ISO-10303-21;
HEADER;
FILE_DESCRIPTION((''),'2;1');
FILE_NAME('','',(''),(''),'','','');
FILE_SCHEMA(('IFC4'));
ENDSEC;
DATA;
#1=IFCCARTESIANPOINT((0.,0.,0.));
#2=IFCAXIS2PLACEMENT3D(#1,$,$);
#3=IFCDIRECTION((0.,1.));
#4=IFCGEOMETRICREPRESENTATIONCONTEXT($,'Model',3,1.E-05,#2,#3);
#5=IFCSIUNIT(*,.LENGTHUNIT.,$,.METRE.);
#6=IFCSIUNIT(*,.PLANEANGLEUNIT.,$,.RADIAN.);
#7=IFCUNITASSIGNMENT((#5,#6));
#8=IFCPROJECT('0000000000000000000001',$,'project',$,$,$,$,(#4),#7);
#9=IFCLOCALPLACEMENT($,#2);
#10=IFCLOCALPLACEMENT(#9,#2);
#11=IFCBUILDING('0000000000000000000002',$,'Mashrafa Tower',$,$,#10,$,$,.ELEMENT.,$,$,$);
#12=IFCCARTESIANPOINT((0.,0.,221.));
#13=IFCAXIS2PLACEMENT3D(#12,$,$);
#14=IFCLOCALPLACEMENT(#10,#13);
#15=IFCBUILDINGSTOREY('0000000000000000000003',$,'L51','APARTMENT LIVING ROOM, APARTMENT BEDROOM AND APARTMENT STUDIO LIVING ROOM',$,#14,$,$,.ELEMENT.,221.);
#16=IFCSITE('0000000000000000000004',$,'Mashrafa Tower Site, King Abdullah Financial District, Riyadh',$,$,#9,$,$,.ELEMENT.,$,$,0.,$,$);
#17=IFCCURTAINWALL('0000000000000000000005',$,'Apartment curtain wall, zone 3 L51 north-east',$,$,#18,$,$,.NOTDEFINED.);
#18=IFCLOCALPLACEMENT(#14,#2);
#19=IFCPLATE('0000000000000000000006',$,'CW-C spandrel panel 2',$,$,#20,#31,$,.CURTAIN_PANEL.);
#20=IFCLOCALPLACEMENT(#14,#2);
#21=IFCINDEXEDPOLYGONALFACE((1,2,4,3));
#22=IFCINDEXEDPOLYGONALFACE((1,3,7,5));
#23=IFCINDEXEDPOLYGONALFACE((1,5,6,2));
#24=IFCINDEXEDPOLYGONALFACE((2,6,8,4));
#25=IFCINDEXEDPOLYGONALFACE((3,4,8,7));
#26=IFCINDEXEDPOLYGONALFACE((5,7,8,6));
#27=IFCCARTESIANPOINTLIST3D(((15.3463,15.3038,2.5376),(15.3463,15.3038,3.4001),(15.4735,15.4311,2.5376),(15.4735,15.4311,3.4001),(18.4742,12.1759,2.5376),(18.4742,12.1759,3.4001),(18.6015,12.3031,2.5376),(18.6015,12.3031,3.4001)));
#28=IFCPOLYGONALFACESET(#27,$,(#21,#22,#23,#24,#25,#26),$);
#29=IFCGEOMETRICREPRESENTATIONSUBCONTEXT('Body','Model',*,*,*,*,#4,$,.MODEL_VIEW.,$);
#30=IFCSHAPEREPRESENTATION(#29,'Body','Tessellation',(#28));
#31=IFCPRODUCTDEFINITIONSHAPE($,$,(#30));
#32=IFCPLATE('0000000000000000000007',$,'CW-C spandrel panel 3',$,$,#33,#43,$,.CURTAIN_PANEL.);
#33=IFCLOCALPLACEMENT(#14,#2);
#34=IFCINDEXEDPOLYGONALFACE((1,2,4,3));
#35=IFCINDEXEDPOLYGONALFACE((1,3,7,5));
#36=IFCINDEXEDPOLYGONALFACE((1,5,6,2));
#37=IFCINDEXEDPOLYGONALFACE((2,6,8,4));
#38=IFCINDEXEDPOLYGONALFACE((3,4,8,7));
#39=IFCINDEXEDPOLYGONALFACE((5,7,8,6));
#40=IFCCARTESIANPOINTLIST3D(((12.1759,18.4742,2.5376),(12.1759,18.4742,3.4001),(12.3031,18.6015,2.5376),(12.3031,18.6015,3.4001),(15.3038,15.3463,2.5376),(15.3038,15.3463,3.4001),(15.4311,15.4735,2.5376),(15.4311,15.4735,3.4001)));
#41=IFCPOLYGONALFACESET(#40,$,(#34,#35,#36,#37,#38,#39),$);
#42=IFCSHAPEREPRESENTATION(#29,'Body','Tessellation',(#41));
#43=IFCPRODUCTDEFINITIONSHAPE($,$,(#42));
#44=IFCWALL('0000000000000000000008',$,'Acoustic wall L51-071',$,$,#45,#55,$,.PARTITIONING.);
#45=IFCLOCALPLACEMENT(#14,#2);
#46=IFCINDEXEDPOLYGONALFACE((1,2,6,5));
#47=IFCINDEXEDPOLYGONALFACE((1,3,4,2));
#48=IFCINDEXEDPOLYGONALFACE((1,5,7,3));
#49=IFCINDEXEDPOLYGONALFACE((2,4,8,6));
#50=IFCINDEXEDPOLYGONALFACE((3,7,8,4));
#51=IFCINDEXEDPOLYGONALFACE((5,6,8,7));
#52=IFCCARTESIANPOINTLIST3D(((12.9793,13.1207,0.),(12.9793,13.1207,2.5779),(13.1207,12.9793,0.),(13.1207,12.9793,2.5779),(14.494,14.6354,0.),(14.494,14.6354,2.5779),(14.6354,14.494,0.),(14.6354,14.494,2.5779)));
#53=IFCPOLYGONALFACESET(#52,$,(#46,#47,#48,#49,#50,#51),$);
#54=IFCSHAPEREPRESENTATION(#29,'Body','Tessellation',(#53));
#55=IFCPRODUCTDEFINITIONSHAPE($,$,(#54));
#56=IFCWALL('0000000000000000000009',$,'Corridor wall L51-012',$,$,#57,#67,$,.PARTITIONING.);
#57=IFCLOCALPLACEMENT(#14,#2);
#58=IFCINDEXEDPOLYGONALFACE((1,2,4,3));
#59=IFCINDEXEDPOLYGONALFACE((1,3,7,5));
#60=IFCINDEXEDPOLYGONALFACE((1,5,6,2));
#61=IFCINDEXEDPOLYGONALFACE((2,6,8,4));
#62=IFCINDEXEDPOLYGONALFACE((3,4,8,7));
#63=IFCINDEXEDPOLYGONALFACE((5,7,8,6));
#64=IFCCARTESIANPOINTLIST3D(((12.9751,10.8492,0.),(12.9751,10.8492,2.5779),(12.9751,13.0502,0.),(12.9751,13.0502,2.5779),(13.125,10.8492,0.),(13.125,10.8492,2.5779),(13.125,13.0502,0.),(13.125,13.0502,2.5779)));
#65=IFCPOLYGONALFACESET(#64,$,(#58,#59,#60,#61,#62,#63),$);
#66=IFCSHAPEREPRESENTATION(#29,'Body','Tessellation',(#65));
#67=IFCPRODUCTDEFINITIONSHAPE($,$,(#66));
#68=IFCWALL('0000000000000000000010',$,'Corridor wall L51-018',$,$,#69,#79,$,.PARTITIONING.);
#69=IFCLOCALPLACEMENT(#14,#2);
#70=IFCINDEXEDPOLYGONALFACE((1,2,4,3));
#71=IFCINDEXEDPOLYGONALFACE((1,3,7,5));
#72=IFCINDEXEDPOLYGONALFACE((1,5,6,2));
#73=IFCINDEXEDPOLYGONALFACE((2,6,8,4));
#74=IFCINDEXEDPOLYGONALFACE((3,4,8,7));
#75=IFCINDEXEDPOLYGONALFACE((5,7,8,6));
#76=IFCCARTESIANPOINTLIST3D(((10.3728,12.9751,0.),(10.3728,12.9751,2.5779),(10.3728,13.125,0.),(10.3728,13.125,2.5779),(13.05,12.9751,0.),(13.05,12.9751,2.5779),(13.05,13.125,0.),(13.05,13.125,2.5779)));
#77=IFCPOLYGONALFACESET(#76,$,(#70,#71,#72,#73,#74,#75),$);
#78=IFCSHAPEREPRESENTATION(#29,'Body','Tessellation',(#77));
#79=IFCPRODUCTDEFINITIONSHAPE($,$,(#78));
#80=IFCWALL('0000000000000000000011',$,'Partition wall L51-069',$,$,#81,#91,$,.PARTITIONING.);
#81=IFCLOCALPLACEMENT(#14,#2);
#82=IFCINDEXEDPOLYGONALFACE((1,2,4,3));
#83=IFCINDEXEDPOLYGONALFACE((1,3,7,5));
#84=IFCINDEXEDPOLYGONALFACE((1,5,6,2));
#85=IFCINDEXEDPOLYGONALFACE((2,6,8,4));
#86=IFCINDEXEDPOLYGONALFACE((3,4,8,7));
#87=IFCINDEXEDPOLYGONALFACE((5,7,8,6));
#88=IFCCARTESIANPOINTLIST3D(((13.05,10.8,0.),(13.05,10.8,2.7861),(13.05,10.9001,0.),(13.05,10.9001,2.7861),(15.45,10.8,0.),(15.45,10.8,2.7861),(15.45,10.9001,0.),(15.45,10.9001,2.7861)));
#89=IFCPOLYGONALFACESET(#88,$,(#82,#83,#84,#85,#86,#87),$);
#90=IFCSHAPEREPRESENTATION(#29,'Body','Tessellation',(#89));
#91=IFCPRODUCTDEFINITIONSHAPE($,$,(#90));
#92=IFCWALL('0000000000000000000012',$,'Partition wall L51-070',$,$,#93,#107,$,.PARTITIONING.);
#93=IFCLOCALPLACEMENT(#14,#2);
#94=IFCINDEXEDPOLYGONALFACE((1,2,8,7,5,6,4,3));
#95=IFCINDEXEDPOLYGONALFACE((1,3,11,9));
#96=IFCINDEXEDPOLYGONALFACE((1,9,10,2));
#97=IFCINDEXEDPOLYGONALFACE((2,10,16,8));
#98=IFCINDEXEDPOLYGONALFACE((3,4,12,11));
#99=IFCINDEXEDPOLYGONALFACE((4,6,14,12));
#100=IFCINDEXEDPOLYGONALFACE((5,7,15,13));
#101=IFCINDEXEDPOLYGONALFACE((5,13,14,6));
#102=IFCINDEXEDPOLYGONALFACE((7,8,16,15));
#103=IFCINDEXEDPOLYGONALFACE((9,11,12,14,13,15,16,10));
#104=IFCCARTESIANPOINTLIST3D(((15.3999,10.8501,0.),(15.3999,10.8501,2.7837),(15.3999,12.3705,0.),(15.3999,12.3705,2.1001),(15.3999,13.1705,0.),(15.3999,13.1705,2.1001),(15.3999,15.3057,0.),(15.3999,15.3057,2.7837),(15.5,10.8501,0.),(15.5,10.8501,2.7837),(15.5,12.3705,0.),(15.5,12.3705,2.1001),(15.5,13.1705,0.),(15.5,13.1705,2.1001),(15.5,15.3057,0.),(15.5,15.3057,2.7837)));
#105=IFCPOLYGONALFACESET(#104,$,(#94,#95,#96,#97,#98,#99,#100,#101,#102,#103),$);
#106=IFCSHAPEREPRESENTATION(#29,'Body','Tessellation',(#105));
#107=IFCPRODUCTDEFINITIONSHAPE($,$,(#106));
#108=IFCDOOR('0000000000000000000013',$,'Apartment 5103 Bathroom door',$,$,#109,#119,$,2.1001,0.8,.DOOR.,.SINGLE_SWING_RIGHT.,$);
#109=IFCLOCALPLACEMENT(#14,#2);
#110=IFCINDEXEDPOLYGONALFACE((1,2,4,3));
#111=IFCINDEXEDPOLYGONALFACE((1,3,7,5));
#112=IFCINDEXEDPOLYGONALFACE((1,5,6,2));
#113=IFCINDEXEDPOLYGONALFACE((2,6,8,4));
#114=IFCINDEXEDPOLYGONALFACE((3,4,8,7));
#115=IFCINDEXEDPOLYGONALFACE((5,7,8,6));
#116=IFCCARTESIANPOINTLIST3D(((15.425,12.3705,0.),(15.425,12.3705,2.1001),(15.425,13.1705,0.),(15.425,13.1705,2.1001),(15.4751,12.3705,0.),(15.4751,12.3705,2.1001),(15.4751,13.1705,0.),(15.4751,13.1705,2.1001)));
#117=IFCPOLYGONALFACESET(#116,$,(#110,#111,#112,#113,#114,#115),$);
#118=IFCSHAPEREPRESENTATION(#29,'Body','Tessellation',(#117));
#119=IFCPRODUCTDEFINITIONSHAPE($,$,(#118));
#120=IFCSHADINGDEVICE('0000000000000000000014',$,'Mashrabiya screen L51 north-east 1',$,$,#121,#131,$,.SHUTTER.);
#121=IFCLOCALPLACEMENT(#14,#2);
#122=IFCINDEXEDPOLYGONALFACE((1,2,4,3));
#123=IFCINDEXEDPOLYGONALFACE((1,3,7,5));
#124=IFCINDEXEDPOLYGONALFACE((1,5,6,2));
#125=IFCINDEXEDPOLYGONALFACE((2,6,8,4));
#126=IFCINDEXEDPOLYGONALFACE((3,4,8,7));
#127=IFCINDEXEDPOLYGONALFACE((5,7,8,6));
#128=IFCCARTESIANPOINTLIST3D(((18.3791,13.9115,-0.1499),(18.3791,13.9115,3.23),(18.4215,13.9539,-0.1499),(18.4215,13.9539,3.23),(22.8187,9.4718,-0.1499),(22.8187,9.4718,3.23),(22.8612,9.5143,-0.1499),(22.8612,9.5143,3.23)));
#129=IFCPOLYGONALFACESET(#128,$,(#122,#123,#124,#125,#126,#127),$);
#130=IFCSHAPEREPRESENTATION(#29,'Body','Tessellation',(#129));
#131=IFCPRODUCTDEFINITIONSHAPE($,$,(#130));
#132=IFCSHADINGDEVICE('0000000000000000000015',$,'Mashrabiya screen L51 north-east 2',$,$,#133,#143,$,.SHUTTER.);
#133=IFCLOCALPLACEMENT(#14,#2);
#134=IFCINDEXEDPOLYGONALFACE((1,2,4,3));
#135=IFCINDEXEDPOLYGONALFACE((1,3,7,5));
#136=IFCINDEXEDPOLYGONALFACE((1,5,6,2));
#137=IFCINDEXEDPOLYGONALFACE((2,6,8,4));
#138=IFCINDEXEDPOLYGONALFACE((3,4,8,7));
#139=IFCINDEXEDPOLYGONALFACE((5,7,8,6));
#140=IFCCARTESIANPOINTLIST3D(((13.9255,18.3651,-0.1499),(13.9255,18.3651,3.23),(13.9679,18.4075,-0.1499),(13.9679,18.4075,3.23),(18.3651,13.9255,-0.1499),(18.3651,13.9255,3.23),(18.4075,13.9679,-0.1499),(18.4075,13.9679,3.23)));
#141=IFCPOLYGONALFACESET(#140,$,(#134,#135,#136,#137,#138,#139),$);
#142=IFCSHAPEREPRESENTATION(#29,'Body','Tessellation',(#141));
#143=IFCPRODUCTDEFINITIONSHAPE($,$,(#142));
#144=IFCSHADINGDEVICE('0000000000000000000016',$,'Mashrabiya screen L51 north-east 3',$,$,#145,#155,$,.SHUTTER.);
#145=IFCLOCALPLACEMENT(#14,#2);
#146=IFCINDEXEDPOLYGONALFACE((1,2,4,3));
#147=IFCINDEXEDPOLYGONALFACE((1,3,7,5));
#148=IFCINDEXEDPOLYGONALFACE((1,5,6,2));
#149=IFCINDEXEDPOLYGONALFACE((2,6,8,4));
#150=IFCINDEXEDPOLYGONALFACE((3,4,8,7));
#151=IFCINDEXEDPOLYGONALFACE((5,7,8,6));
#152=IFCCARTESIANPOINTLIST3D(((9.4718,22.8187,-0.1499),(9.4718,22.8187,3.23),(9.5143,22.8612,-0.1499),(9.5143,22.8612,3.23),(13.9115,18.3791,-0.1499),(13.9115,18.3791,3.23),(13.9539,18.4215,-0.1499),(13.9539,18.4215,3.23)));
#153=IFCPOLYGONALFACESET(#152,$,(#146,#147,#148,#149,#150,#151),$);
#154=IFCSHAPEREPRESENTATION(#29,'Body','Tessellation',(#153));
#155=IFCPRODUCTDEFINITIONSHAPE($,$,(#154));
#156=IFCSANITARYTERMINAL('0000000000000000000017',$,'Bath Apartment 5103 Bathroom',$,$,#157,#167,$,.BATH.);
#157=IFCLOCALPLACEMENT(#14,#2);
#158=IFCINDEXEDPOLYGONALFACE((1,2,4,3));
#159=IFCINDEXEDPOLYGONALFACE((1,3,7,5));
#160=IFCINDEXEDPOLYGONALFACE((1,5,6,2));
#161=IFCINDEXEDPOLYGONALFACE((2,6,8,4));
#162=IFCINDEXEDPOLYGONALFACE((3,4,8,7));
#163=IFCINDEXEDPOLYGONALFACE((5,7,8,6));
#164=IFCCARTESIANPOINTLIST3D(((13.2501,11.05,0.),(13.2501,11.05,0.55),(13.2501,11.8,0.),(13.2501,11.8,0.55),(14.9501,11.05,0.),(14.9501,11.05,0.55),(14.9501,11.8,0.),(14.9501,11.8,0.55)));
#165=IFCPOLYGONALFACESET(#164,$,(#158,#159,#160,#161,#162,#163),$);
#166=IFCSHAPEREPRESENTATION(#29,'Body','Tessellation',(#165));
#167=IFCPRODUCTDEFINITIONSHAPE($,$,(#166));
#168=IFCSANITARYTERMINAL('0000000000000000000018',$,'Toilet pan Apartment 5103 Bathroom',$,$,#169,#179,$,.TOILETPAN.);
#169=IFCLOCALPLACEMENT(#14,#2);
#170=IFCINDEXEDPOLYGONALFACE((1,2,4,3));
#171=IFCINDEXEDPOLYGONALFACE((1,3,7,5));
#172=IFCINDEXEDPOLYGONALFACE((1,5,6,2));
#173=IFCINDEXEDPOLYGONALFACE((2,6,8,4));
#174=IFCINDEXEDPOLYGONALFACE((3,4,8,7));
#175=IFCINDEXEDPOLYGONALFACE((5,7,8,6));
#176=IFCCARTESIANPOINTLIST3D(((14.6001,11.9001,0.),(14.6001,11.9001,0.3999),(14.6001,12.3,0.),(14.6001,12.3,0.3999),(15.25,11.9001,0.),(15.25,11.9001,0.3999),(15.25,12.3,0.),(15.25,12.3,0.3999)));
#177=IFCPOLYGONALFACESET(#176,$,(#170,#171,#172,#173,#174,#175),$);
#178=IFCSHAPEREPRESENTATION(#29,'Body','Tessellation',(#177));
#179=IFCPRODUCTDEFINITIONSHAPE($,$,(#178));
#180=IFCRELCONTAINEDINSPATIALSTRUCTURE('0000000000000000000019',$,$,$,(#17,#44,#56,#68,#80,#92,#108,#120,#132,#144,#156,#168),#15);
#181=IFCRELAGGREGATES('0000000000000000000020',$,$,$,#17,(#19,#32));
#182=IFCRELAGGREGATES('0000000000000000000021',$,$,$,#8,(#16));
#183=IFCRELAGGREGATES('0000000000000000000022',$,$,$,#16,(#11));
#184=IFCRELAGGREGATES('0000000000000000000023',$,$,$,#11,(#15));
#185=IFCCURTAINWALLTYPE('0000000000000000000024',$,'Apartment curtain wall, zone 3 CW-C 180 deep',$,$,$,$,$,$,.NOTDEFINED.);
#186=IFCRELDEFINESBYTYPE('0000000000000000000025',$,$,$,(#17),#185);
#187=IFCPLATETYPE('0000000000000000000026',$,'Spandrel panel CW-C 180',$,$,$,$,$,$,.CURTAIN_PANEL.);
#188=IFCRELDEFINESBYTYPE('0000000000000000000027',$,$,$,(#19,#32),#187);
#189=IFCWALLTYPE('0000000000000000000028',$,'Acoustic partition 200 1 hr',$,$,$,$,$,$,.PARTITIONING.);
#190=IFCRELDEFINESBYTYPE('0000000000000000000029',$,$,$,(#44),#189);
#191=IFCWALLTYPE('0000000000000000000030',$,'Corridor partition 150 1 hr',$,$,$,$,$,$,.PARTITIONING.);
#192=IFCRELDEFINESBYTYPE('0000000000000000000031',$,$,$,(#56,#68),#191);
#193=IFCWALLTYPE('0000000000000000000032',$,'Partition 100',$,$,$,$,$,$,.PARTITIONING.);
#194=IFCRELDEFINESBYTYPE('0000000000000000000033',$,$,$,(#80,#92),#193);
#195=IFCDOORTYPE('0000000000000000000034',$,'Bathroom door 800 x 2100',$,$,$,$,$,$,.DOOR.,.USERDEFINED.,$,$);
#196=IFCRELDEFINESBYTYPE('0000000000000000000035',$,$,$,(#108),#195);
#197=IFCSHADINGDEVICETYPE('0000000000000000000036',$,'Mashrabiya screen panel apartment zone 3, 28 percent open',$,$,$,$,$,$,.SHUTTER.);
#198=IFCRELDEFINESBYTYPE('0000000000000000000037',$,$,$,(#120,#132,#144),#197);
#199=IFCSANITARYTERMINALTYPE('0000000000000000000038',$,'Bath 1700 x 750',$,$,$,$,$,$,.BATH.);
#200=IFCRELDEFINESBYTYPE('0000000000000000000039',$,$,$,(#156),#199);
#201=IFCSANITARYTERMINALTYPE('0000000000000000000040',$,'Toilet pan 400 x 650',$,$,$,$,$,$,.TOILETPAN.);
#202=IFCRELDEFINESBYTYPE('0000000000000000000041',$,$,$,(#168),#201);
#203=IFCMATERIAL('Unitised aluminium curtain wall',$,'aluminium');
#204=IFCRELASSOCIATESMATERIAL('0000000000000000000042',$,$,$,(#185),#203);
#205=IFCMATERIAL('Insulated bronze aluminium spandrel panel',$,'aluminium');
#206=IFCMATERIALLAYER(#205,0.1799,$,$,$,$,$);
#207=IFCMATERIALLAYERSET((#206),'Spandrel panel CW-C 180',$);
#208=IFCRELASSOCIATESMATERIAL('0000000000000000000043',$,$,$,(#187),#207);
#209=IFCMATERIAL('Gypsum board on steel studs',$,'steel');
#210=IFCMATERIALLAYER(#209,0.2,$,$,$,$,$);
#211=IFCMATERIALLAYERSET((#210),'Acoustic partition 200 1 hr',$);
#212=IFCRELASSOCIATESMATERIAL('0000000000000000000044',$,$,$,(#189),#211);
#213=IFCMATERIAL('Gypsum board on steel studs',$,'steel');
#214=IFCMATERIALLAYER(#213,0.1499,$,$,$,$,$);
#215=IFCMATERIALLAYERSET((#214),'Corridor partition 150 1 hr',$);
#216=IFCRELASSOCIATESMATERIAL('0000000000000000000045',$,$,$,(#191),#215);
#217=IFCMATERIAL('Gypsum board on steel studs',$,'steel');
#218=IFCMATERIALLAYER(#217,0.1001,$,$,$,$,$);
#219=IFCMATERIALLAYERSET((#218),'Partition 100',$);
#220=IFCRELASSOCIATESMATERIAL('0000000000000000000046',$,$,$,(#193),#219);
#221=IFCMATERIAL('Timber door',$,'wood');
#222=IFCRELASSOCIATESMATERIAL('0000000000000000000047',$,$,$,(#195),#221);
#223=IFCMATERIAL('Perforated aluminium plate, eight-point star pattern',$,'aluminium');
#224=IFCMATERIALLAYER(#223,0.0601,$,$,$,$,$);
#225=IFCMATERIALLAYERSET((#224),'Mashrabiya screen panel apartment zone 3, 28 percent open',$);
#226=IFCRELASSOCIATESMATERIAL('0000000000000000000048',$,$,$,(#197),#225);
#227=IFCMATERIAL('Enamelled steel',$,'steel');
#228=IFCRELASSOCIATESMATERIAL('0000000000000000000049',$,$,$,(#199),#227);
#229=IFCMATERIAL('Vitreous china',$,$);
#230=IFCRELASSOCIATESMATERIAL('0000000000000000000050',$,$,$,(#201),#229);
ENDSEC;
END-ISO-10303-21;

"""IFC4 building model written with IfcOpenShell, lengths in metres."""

from ifc_helpers import new_model, si_unit, direction, frame, frame_2d, origin, origin_2d, place, context, subcontext, project, spatial, rectangle, extrude, source, transform, mapped, material, layer, layer_set, type_object, type_shapes, element, fill, aggregate, save


model = new_model("IFC4")

# Units and contexts
model_context = context("Model", 3, precision=1e-05, world=origin(), true_north=direction((0.0, 1.0)))
body_context = subcontext(model_context, "Body", "Model", "MODEL_VIEW")
ifc_project = project(units=[si_unit("LENGTHUNIT", "METRE"), si_unit("PLANEANGLEUNIT", "RADIAN")], contexts=[model_context])

# Site, building, storey
site_placement = place(None, origin())
site = spatial("IfcSite", under=ifc_project, at=site_placement, Name="Mashrafa Tower Site, King Abdullah Financial District, Riyadh", CompositionType="ELEMENT", RefElevation=0.0)
building_placement = place(site_placement, origin())
building = spatial("IfcBuilding", under=site, at=building_placement, Name="Mashrafa Tower", CompositionType="ELEMENT")
storey_placement = place(building_placement, frame((0.0, 0.0, 221.0)))
storey = spatial("IfcBuildingStorey", under=building, at=storey_placement, Name="L51", Description="APARTMENT LIVING ROOM, APARTMENT BEDROOM AND APARTMENT STUDIO LIVING ROOM", CompositionType="ELEMENT", Elevation=221.0)

# Curtain wall, plates
ifc_material_1 = material(Name="Unitised aluminium curtain wall", Category="aluminium")
curtain_wall_type = type_object("IfcCurtainWallType", Name="Apartment curtain wall, zone 3 CW-C 180 deep", PredefinedType="NOTDEFINED", material=ifc_material_1)
curtain_wall_placement = place(storey_placement, origin())
curtain_wall = element("IfcCurtainWall", 1, at=curtain_wall_placement, inside=storey, type_object=curtain_wall_type, Name="Apartment curtain wall, zone 3 L51 north-east", PredefinedType="NOTDEFINED")
ifc_material_2 = material(Name="Insulated bronze aluminium spandrel panel", Category="aluminium")
ifc_layer_1 = layer(ifc_material_2, 0.1799)
ifc_layer_set_1 = layer_set([ifc_layer_1], Name="Spandrel panel CW-C 180")
plate_type_1 = type_object("IfcPlateType", Name="Spandrel panel CW-C 180", PredefinedType="CURTAIN_PANEL", material=ifc_layer_set_1)
shared_shape_1 = source(origin(), body_context, "Body", "SweptSolid", [
    extrude(rectangle(XDim=4.4236, YDim=0.1799, at=origin_2d()), origin(), (0.0, 0.0, 1.0), 0.8625),
])
plate_1_placement = place(storey_placement, frame((16.9739, 13.8035, 2.5376), z_axis=(0.0, 0.0, 1.0), x_axis=(-0.707107, 0.707107, 0.0)))
plate_1 = element("IfcPlate", 2, at=plate_1_placement, type_object=plate_type_1, Name="CW-C spandrel panel 2", PredefinedType="CURTAIN_PANEL", context=body_context, shape_type="MappedRepresentation", body=[
    mapped(shared_shape_1, transform((0.0, 0.0, 0.0))),
])
plate_2_placement = place(storey_placement, frame((13.8035, 16.9739, 2.5376), z_axis=(0.0, 0.0, 1.0), x_axis=(-0.707107, 0.707107, 0.0)))
plate_2 = element("IfcPlate", 3, at=plate_2_placement, type_object=plate_type_1, Name="CW-C spandrel panel 3", PredefinedType="CURTAIN_PANEL", context=body_context, shape_type="MappedRepresentation", body=[
    mapped(shared_shape_1, transform((0.0, 0.0, 0.0))),
])
aggregate(curtain_wall, [plate_1, plate_2])

# Walls
ifc_material_3 = material(Name="Gypsum board on steel studs", Category="steel")
ifc_layer_2 = layer(ifc_material_3, 0.2)
ifc_layer_set_2 = layer_set([ifc_layer_2], Name="Acoustic partition 200 1 hr")
wall_type_1 = type_object("IfcWallType", Name="Acoustic partition 200 1 hr", PredefinedType="PARTITIONING", material=ifc_layer_set_2)
wall_1_placement = place(storey_placement, frame((14.5647, 14.5647, 0.0), z_axis=(0.0, 0.0, 1.0), x_axis=(-0.707107, -0.707107, 0.0)))
element("IfcWall", 4, at=wall_1_placement, inside=storey, type_object=wall_type_1, Name="Acoustic wall L51-071", PredefinedType="PARTITIONING", context=body_context, shape_type="SweptSolid", body=[
    extrude(rectangle(XDim=2.1421, YDim=0.2, at=frame_2d((1.071, 0.0))), origin(), (0.0, 0.0, 1.0), 2.5779),
])
ifc_material_4 = material(Name="Gypsum board on steel studs", Category="steel")
ifc_layer_3 = layer(ifc_material_4, 0.1499)
ifc_layer_set_3 = layer_set([ifc_layer_3], Name="Corridor partition 150 1 hr")
wall_type_2 = type_object("IfcWallType", Name="Corridor partition 150 1 hr", PredefinedType="PARTITIONING", material=ifc_layer_set_3)
wall_2_placement = place(storey_placement, frame((13.05, 10.8491, 0.0), z_axis=(0.0, 0.0, 1.0), x_axis=(0.0, 1.0, 0.0)))
element("IfcWall", 5, at=wall_2_placement, inside=storey, type_object=wall_type_2, Name="Corridor wall L51-012", PredefinedType="PARTITIONING", context=body_context, shape_type="SweptSolid", body=[
    extrude(rectangle(XDim=2.2009, YDim=0.1499, at=frame_2d((1.1006, 0.0))), origin(), (0.0, 0.0, 1.0), 2.5779),
])
wall_3_placement = place(storey_placement, frame((13.05, 13.05, 0.0), z_axis=(0.0, 0.0, 1.0), x_axis=(-1.0, 0.0, 0.0)))
element("IfcWall", 6, at=wall_3_placement, inside=storey, type_object=wall_type_2, Name="Corridor wall L51-018", PredefinedType="PARTITIONING", context=body_context, shape_type="SweptSolid", body=[
    extrude(rectangle(XDim=2.6772, YDim=0.1499, at=frame_2d((1.3386, 0.0))), origin(), (0.0, 0.0, 1.0), 2.5779),
])
ifc_material_5 = material(Name="Gypsum board on steel studs", Category="steel")
ifc_layer_4 = layer(ifc_material_5, 0.1001)
ifc_layer_set_4 = layer_set([ifc_layer_4], Name="Partition 100")
wall_type_3 = type_object("IfcWallType", Name="Partition 100", PredefinedType="PARTITIONING", material=ifc_layer_set_4)
wall_4_placement = place(storey_placement, frame((13.05, 10.8501, 0.0), z_axis=(0.0, 0.0, 1.0), x_axis=(1.0, 0.0, 0.0)))
element("IfcWall", 7, at=wall_4_placement, inside=storey, type_object=wall_type_3, Name="Partition wall L51-069", PredefinedType="PARTITIONING", context=body_context, shape_type="SweptSolid", body=[
    extrude(rectangle(XDim=2.3999, YDim=0.1001, at=frame_2d((1.2, 0.0))), origin(), (0.0, 0.0, 1.0), 2.7861),
])

# Wall, opening, door
wall_5_placement = place(storey_placement, frame((15.45, 10.8501, 0.0), z_axis=(0.0, 0.0, 1.0), x_axis=(0.0, 1.0, 0.0)))
wall_5 = element("IfcWall", 8, at=wall_5_placement, inside=storey, type_object=wall_type_3, Name="Partition wall L51-070", PredefinedType="PARTITIONING", context=body_context, shape_type="SweptSolid", body=[
    extrude(rectangle(XDim=4.4556, YDim=0.1001, at=frame_2d((2.2278, 0.0))), origin(), (0.0, 0.0, 1.0), 2.7837),
])
opening_placement = place(wall_5_placement, frame((1.5205, 0.0, 0.0)))
opening = element("IfcOpeningElement", 9, at=opening_placement, cuts=wall_5, PredefinedType="OPENING", context=body_context, shape_type="SweptSolid", body=[
    extrude(rectangle(XDim=0.8, YDim=2.1001, at=frame_2d((0.3999, 1.05))), frame((0.0, 0.0601, 0.0), z_axis=(0.0, -1.0, 0.0), x_axis=(1.0, 0.0, 0.0)), (0.0, 0.0, 1.0), 0.1201),
])
ifc_material_6 = material(Name="Timber door", Category="wood")
door_type = type_object("IfcDoorType", Name="Bathroom door 800 x 2100", OperationType="USERDEFINED", PredefinedType="DOOR", material=ifc_material_6)
door_placement = place(opening_placement, origin())
door = element("IfcDoor", 10, at=door_placement, inside=storey, type_object=door_type, Name="Apartment 5103 Bathroom door", OperationType="SINGLE_SWING_RIGHT", OverallHeight=2.1001, OverallWidth=0.8, PredefinedType="DOOR", context=body_context, shape_type="SweptSolid", body=[
    extrude(rectangle(XDim=0.8, YDim=2.1001, at=frame_2d((0.3999, 1.05))), frame((0.0, 0.0249, 0.0), z_axis=(0.0, -1.0, 0.0), x_axis=(1.0, 0.0, 0.0)), (0.0, 0.0, 1.0), 0.05),
])
fill(opening, door)

# Shading devices
ifc_material_7 = material(Name="Perforated aluminium plate, eight-point star pattern", Category="aluminium")
ifc_layer_5 = layer(ifc_material_7, 0.0601)
ifc_layer_set_5 = layer_set([ifc_layer_5], Name="Mashrabiya screen panel apartment zone 3, 28 percent open")
shading_device_type = type_object("IfcShadingDeviceType", Name="Mashrabiya screen panel apartment zone 3, 28 percent open", PredefinedType="SHUTTER", material=ifc_layer_set_5)
shared_shape_2 = source(origin(), body_context, "Body", "SweptSolid", [
    extrude(rectangle(XDim=6.2786, YDim=0.0601, at=origin_2d()), origin(), (0.0, 0.0, 1.0), 3.3799),
])
type_shapes(shading_device_type, [shared_shape_2])
for number, where, z_axis, x_axis, name in (
    (11, (20.6201, 11.7129, -0.1499), (0.0, 0.0, 1.0), (-0.707107, 0.707107, 0.0), "Mashrabiya screen L51 north-east 1"),
    (12, (16.1665, 16.1665, -0.1499), (0.0, 0.0, 1.0), (-0.707107, 0.707107, 0.0), "Mashrabiya screen L51 north-east 2"),
    (13, (11.7129, 20.6201, -0.1499), (0.0, 0.0, 1.0), (-0.707107, 0.707107, 0.0), "Mashrabiya screen L51 north-east 3"),
):
    element("IfcShadingDevice", number, at=place(storey_placement, frame(where, z_axis=z_axis, x_axis=x_axis)), inside=storey, type_object=shading_device_type, Name=name, PredefinedType="SHUTTER", context=body_context, shape_type="MappedRepresentation", body=[
        mapped(shared_shape_2, transform((0.0, 0.0, 0.0))),
    ])

# Sanitary terminals
ifc_material_8 = material(Name="Enamelled steel", Category="steel")
sanitary_terminal_type_1 = type_object("IfcSanitaryTerminalType", Name="Bath 1700 x 750", PredefinedType="BATH", material=ifc_material_8)
sanitary_terminal_1_placement = place(storey_placement, frame((14.1001, 11.425, 0.0), z_axis=(0.0, 0.0, 1.0), x_axis=(1.0, 0.0, 0.0)))
element("IfcSanitaryTerminal", 14, at=sanitary_terminal_1_placement, inside=storey, type_object=sanitary_terminal_type_1, Name="Bath Apartment 5103 Bathroom", PredefinedType="BATH", context=body_context, shape_type="SweptSolid", body=[
    extrude(rectangle(XDim=1.7, YDim=0.75, at=origin_2d()), origin(), (0.0, 0.0, 1.0), 0.55),
])
ifc_material_9 = material(Name="Vitreous china")
sanitary_terminal_type_2 = type_object("IfcSanitaryTerminalType", Name="Toilet pan 400 x 650", PredefinedType="TOILETPAN", material=ifc_material_9)
sanitary_terminal_2_placement = place(storey_placement, frame((14.925, 12.1001, 0.0), z_axis=(0.0, 0.0, 1.0), x_axis=(0.0, 1.0, 0.0)))
element("IfcSanitaryTerminal", 15, at=sanitary_terminal_2_placement, inside=storey, type_object=sanitary_terminal_type_2, Name="Toilet pan Apartment 5103 Bathroom", PredefinedType="TOILETPAN", context=body_context, shape_type="SweptSolid", body=[
    extrude(rectangle(XDim=0.3999, YDim=0.6499, at=origin_2d()), origin(), (0.0, 0.0, 1.0), 0.3999),
])

save(model, "model.ifc")
